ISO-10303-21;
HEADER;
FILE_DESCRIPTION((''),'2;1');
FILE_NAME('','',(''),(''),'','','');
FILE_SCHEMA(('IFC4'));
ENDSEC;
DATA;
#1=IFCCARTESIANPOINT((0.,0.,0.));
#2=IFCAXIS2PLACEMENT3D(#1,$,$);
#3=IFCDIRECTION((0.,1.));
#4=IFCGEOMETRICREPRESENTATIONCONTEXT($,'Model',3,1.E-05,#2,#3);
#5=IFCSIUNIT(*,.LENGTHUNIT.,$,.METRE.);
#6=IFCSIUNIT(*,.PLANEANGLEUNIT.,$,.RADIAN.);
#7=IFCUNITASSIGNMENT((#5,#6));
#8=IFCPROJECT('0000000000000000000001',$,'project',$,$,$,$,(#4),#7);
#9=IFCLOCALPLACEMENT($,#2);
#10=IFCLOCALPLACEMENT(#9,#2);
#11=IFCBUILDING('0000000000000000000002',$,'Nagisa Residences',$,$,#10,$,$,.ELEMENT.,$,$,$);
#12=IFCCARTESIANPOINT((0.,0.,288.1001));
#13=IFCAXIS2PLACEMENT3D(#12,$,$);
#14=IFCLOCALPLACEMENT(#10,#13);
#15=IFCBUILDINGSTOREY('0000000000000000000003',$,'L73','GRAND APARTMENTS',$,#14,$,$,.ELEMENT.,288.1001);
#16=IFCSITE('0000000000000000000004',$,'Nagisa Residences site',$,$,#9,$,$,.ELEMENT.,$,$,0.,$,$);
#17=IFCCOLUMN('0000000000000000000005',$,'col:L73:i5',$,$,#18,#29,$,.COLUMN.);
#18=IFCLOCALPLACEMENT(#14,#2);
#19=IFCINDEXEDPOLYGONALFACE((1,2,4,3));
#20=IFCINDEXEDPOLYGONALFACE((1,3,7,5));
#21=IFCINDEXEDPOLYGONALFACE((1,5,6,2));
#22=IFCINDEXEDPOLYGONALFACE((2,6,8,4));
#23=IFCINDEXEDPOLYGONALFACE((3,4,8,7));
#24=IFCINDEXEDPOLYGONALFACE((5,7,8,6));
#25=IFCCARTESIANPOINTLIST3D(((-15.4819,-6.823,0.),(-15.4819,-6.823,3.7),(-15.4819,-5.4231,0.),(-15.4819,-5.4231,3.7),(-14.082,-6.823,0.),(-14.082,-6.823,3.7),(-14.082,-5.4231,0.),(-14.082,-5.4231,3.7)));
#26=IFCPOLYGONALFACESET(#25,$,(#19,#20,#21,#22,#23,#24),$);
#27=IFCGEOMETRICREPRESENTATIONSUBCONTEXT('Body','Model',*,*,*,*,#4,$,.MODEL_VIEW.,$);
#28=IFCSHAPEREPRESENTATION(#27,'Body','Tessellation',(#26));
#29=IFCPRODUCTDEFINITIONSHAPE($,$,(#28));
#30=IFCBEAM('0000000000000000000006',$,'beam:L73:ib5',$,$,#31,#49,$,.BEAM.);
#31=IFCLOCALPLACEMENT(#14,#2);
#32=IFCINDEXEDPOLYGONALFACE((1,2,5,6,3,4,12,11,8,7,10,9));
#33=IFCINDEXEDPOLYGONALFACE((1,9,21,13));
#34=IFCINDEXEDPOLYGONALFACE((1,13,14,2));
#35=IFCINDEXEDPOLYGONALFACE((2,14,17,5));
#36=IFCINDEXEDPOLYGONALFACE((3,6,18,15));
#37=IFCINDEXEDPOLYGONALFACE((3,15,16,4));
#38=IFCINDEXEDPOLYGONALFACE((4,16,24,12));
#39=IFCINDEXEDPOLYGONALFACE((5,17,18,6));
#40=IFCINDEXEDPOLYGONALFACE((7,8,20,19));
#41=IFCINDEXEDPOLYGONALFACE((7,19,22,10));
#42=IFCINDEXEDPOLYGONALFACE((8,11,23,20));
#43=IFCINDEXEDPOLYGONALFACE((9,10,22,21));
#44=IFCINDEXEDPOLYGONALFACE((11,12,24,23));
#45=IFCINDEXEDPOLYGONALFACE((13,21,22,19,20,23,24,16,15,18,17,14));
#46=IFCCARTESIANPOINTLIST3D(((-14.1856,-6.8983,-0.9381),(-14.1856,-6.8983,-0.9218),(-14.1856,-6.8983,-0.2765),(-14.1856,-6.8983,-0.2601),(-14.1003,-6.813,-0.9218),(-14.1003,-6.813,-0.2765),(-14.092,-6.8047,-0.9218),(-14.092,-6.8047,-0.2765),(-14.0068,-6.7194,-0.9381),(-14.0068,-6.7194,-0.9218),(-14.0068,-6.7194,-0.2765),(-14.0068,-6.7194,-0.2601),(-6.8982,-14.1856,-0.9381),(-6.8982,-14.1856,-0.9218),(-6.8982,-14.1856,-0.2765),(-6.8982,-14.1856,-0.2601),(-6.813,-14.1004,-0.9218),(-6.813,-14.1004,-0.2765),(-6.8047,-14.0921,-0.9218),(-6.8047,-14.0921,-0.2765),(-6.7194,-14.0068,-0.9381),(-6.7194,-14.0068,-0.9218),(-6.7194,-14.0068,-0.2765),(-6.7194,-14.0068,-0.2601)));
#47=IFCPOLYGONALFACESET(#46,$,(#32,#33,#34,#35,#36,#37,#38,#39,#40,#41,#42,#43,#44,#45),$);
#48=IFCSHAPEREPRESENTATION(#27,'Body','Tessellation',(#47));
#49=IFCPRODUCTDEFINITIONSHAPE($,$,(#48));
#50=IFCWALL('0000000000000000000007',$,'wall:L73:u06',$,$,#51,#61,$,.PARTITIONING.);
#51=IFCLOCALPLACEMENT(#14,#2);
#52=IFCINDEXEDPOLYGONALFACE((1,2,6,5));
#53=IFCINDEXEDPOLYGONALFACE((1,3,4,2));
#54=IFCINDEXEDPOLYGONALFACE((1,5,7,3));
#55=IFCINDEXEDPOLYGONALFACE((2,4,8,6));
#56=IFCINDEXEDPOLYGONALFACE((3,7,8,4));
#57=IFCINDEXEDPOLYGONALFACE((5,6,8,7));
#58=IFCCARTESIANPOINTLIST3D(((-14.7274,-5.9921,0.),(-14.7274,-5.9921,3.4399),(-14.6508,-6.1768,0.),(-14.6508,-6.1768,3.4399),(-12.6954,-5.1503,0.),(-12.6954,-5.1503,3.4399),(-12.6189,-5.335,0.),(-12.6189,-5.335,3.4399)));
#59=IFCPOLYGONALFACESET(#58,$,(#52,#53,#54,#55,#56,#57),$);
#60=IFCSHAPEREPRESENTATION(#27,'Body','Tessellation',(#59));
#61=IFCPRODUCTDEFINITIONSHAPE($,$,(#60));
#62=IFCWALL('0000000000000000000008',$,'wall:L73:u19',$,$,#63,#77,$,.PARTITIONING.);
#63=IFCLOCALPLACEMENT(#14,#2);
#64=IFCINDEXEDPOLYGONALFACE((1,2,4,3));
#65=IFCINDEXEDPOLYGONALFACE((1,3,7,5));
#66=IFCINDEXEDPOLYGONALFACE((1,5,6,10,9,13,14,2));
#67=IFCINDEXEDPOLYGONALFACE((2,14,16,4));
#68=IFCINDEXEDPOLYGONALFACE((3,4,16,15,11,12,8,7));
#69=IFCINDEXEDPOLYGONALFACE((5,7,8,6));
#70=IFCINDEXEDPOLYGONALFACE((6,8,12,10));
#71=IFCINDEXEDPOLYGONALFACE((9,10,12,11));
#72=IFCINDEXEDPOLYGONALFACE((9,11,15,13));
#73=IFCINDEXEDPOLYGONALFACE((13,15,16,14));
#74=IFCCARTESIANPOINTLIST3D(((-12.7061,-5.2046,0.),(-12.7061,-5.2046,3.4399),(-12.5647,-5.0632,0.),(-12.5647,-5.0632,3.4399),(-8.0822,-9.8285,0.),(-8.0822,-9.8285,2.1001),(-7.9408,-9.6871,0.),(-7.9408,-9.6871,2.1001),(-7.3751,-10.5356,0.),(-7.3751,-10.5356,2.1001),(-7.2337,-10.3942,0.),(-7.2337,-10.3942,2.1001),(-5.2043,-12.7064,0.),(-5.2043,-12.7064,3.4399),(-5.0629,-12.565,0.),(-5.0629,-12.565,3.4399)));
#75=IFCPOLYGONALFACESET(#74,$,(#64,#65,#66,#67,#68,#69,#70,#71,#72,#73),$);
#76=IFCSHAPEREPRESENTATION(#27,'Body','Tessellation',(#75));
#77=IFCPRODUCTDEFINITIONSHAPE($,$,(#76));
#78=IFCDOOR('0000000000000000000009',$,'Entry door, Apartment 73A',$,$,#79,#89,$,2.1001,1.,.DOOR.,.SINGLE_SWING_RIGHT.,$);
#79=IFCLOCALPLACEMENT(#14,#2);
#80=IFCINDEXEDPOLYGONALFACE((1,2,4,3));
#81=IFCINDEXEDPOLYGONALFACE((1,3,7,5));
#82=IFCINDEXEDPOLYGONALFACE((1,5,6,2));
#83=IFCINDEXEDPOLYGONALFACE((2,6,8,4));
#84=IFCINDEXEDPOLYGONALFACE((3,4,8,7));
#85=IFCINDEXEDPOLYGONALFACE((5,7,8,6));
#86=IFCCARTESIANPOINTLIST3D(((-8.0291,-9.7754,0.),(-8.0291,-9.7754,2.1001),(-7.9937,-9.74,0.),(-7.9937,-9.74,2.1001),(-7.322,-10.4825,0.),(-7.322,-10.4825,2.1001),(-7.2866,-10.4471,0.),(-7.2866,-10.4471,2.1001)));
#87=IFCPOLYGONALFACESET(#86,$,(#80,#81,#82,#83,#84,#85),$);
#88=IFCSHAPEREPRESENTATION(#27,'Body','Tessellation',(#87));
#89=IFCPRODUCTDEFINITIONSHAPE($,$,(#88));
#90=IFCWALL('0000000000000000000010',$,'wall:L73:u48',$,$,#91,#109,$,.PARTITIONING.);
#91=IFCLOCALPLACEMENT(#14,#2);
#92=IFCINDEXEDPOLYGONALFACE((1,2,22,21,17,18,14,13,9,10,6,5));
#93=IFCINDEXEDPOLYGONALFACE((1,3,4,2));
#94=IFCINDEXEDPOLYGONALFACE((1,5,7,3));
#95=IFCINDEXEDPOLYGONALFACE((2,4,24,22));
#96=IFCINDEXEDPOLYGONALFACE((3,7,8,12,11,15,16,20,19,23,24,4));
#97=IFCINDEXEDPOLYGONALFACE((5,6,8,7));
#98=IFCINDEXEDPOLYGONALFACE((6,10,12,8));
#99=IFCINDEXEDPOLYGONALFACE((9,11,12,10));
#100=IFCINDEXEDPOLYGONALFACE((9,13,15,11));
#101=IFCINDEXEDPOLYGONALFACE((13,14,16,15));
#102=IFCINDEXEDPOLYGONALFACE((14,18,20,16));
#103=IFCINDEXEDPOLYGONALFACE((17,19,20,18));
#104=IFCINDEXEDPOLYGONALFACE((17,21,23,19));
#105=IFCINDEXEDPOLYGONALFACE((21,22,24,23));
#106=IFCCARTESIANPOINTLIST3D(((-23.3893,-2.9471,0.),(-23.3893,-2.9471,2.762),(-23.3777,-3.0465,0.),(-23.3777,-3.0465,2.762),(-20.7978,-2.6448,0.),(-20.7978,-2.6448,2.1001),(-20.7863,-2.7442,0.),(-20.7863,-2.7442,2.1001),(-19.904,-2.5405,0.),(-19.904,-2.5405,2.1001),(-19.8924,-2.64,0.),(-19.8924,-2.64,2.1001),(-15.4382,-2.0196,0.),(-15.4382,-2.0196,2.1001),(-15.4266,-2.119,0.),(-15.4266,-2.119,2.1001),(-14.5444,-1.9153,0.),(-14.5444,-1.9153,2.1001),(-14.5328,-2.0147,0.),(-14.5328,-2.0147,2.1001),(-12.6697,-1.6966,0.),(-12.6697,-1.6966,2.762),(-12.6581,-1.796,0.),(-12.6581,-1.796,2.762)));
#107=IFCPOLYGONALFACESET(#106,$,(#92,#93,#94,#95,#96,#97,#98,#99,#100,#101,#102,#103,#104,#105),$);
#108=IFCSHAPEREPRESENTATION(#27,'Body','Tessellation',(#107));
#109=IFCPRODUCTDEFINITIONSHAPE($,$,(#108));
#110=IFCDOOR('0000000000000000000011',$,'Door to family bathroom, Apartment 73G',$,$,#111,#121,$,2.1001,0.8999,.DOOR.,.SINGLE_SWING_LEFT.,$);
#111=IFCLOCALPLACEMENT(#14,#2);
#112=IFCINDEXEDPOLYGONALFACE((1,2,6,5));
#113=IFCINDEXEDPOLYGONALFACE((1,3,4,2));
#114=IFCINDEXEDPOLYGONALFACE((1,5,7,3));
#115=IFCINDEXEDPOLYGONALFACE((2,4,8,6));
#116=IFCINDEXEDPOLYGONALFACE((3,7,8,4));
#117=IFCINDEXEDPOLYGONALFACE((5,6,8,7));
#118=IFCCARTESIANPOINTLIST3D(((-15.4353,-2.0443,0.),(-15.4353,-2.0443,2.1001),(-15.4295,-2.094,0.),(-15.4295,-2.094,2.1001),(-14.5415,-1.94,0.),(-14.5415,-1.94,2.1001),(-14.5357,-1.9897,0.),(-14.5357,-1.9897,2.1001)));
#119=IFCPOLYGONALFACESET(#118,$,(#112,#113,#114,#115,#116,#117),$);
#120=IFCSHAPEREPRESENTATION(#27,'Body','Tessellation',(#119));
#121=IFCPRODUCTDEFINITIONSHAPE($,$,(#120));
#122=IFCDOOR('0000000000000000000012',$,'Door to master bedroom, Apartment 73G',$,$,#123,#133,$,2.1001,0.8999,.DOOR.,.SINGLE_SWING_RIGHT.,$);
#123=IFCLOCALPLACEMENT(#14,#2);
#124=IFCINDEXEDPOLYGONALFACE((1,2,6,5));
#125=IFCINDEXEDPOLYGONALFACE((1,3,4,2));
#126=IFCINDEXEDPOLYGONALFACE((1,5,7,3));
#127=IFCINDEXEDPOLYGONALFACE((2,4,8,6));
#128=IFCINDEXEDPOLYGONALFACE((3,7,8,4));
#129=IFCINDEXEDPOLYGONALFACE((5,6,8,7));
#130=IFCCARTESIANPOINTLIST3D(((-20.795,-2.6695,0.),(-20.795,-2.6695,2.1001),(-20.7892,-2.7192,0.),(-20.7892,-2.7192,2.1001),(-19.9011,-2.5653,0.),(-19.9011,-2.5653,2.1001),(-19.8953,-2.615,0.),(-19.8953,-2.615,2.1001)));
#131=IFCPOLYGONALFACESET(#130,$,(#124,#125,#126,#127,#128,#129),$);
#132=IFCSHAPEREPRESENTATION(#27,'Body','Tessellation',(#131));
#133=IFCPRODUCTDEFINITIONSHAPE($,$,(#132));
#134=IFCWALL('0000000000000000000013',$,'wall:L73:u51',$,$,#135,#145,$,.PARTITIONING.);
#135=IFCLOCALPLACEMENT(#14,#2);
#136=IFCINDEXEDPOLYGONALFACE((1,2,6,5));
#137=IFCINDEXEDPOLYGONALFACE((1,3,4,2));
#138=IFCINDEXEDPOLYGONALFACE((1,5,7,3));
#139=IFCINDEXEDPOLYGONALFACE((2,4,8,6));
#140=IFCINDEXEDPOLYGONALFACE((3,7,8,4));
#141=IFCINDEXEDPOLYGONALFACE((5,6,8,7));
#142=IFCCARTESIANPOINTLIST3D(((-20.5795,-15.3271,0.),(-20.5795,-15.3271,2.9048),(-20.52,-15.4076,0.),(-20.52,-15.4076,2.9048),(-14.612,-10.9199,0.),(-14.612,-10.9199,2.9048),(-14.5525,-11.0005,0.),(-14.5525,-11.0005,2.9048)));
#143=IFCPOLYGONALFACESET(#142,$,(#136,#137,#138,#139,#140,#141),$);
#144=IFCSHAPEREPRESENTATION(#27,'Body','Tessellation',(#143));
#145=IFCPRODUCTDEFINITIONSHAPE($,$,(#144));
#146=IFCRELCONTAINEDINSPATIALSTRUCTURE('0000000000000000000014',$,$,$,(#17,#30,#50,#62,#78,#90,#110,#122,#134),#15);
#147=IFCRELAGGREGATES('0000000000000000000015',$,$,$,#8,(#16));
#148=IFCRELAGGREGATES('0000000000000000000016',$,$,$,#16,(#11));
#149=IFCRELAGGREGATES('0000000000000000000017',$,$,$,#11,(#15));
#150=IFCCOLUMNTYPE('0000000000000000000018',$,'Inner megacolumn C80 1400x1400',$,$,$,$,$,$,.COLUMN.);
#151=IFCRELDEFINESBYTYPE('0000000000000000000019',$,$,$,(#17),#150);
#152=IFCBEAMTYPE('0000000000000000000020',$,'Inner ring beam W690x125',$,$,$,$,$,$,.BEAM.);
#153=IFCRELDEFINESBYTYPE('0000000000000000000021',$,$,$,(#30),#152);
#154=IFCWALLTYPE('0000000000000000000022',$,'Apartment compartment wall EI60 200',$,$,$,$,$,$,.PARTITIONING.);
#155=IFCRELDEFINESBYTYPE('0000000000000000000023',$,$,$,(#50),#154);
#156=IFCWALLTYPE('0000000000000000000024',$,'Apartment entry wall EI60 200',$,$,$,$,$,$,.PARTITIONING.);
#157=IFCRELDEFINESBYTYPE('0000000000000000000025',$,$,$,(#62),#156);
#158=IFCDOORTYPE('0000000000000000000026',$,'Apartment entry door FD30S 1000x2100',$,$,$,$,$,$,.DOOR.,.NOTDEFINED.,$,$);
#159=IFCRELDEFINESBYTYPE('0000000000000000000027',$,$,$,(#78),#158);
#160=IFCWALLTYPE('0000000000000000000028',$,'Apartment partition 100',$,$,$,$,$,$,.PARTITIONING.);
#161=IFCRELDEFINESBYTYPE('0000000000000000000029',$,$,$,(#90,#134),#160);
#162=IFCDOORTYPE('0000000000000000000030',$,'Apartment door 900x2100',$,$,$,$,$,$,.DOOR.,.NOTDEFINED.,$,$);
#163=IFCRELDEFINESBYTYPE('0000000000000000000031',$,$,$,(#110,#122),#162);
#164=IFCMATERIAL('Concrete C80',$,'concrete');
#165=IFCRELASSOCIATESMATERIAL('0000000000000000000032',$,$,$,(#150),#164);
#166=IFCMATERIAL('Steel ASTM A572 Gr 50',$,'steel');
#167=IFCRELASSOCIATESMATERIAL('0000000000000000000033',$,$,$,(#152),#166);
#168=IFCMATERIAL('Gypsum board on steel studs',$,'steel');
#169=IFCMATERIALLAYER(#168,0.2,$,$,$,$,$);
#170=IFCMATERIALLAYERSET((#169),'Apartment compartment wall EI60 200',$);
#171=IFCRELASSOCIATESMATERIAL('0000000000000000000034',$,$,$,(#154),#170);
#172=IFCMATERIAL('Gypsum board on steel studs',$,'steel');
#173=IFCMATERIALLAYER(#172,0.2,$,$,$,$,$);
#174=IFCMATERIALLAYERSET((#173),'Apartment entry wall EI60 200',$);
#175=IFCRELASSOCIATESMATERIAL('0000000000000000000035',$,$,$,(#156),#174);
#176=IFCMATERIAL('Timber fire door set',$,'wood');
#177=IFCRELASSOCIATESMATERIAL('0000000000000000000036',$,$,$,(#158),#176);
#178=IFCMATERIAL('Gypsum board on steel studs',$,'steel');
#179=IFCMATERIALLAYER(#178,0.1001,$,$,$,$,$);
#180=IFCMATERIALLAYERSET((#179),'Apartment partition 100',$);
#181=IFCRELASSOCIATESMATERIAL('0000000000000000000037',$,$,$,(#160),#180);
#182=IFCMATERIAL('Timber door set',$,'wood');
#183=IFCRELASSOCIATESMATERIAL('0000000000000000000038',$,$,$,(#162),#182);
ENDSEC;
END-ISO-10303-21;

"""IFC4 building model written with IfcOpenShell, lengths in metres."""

from ifc_helpers import new_model, si_unit, direction, frame, frame_2d, origin, origin_2d, place, context, subcontext, project, spatial, rectangle, i_section, extrude, material, layer, layer_set, material_profile, profile_set, type_object, element, fill, save


model = new_model("IFC4")

# Units and contexts
model_context = context("Model", 3, precision=1e-05, world=origin(), true_north=direction((0.0, 1.0)))
body_context = subcontext(model_context, "Body", "Model", "MODEL_VIEW")
ifc_project = project(units=[si_unit("LENGTHUNIT", "METRE"), si_unit("PLANEANGLEUNIT", "RADIAN")], contexts=[model_context])

# Site, building, storey
site_placement = place(None, origin())
site = spatial("IfcSite", under=ifc_project, at=site_placement, Name="Nagisa Residences site", CompositionType="ELEMENT", RefElevation=0.0)
building_placement = place(site_placement, origin())
building = spatial("IfcBuilding", under=site, at=building_placement, Name="Nagisa Residences", CompositionType="ELEMENT")
storey_placement = place(building_placement, frame((0.0, 0.0, 288.1001)))
storey = spatial("IfcBuildingStorey", under=building, at=storey_placement, Name="L73", Description="GRAND APARTMENTS", CompositionType="ELEMENT", Elevation=288.1001)

# Column
ifc_material_1 = material(Name="Concrete C80", Category="concrete")
ifc_material_profile_1 = material_profile(ifc_material_1, rectangle(XDim=1.3999, YDim=1.3999, at=origin_2d()), Name="C80 1400x1400")
ifc_profile_set_1 = profile_set([ifc_material_profile_1], Name="Concrete C80")
column_type = type_object("IfcColumnType", Name="Inner megacolumn C80 1400x1400", PredefinedType="COLUMN", material=ifc_profile_set_1)
column_placement = place(storey_placement, frame((-14.782, -6.123, 0.0), z_axis=(0.0, 0.0, 1.0), x_axis=(1.0, 0.0, 0.0)))
element("IfcColumn", 1, at=column_placement, inside=storey, type_object=column_type, Name="col:L73:i5", PredefinedType="COLUMN", context=body_context, shape_type="SweptSolid", body=[
    extrude(rectangle(XDim=1.3999, YDim=1.3999, at=origin_2d()), origin(), (0.0, 0.0, 1.0), 3.7),
])

# Beam
ifc_material_2 = material(Name="Steel ASTM A572 Gr 50", Category="steel")
ifc_material_profile_2 = material_profile(ifc_material_2, i_section(OverallWidth=0.2529, OverallDepth=0.678, WebThickness=0.0117, FlangeThickness=0.0164, at=origin_2d()), Name="W690x125")
ifc_profile_set_2 = profile_set([ifc_material_profile_2], Name="Steel ASTM A572 Gr 50")
beam_type = type_object("IfcBeamType", Name="Inner ring beam W690x125", PredefinedType="BEAM", material=ifc_profile_set_2)
beam_placement = place(storey_placement, frame((-14.0962, -6.8088, -0.5991), z_axis=(0.707107, -0.707107, 0.0), x_axis=(0.707107, 0.707107, 0.0)))
element("IfcBeam", 2, at=beam_placement, inside=storey, type_object=beam_type, Name="beam:L73:ib5", PredefinedType="BEAM", context=body_context, shape_type="SweptSolid", body=[
    extrude(i_section(OverallWidth=0.2529, OverallDepth=0.678, WebThickness=0.0117, FlangeThickness=0.0164, at=origin_2d()), origin(), (0.0, 0.0, 1.0), 10.3059),
])

# Wall
ifc_material_3 = material(Name="Gypsum board on steel studs", Category="steel")
ifc_layer_1 = layer(ifc_material_3, 0.2)
ifc_layer_set_1 = layer_set([ifc_layer_1], Name="Apartment compartment wall EI60 200")
wall_type_1 = type_object("IfcWallType", Name="Apartment compartment wall EI60 200", PredefinedType="PARTITIONING", material=ifc_layer_set_1)
wall_1_placement = place(storey_placement, frame((-12.6572, -5.2427, 0.0), z_axis=(0.0, 0.0, 1.0), x_axis=(-0.92386, -0.382731, 0.0)))
element("IfcWall", 3, at=wall_1_placement, inside=storey, type_object=wall_type_1, Name="wall:L73:u06", PredefinedType="PARTITIONING", context=body_context, shape_type="SweptSolid", body=[
    extrude(rectangle(XDim=2.1995, YDim=0.2, at=frame_2d((1.0996, 0.0))), origin(), (0.0, 0.0, 1.0), 3.4399),
])

# Wall, opening, door
ifc_material_4 = material(Name="Gypsum board on steel studs", Category="steel")
ifc_layer_2 = layer(ifc_material_4, 0.2)
ifc_layer_set_2 = layer_set([ifc_layer_2], Name="Apartment entry wall EI60 200")
wall_type_2 = type_object("IfcWallType", Name="Apartment entry wall EI60 200", PredefinedType="PARTITIONING", material=ifc_layer_set_2)
wall_2_placement = place(storey_placement, frame((-12.6355, -5.1338, 0.0), z_axis=(0.0, 0.0, 1.0), x_axis=(0.707107, -0.707107, 0.0)))
wall_2 = element("IfcWall", 4, at=wall_2_placement, inside=storey, type_object=wall_type_2, Name="wall:L73:u19", PredefinedType="PARTITIONING", context=body_context, shape_type="SweptSolid", body=[
    extrude(rectangle(XDim=10.6091, YDim=0.2, at=frame_2d((5.3047, 0.0))), origin(), (0.0, 0.0, 1.0), 3.4399),
])
opening_1_placement = place(wall_2_placement, frame((6.5393, 0.0, 0.0)))
opening_1 = element("IfcOpeningElement", 5, at=opening_1_placement, cuts=wall_2, PredefinedType="OPENING", context=body_context, shape_type="SweptSolid", body=[
    extrude(rectangle(XDim=1.0, YDim=2.1001, at=frame_2d((0.5, 1.05))), frame((0.0, 0.1099, 0.0), z_axis=(0.0, -1.0, 0.0), x_axis=(1.0, 0.0, 0.0)), (0.0, 0.0, 1.0), 0.22),
])
ifc_material_5 = material(Name="Timber fire door set", Category="wood")
door_type_1 = type_object("IfcDoorType", Name="Apartment entry door FD30S 1000x2100", OperationType="NOTDEFINED", PredefinedType="DOOR", material=ifc_material_5)
door_1_placement = place(opening_1_placement, frame((1.0, 0.0, 0.0), x_axis=(-1.0, 0.0, 0.0)))
door_1 = element("IfcDoor", 6, at=door_1_placement, inside=storey, type_object=door_type_1, Name="Entry door, Apartment 73A", OperationType="SINGLE_SWING_RIGHT", OverallHeight=2.1001, OverallWidth=1.0, PredefinedType="DOOR", context=body_context, shape_type="SweptSolid", body=[
    extrude(rectangle(XDim=1.0, YDim=2.1001, at=frame_2d((0.5, 1.05))), frame((0.0, 0.0249, 0.0), z_axis=(0.0, -1.0, 0.0), x_axis=(1.0, 0.0, 0.0)), (0.0, 0.0, 1.0), 0.05),
])
fill(opening_1, door_1)

# Wall, openings, doors
ifc_material_6 = material(Name="Gypsum board on steel studs", Category="steel")
ifc_layer_3 = layer(ifc_material_6, 0.1001)
ifc_layer_set_3 = layer_set([ifc_layer_3], Name="Apartment partition 100")
wall_type_3 = type_object("IfcWallType", Name="Apartment partition 100", PredefinedType="PARTITIONING", material=ifc_layer_set_3)
wall_3_placement = place(storey_placement, frame((-12.6641, -1.7463, 0.0), z_axis=(0.0, 0.0, 1.0), x_axis=(-0.993264, -0.11587, 0.0)))
wall_3 = element("IfcWall", 7, at=wall_3_placement, inside=storey, type_object=wall_type_3, Name="wall:L73:u48", PredefinedType="PARTITIONING", context=body_context, shape_type="SweptSolid", body=[
    extrude(rectangle(XDim=10.7922, YDim=0.1001, at=frame_2d((5.396, 0.0))), origin(), (0.0, 0.0, 1.0), 2.762),
])
opening_2_placement = place(wall_3_placement, frame((1.8872, 0.0, 0.0)))
opening_2 = element("IfcOpeningElement", 8, at=opening_2_placement, cuts=wall_3, PredefinedType="OPENING", context=body_context, shape_type="SweptSolid", body=[
    extrude(rectangle(XDim=0.8999, YDim=2.1001, at=frame_2d((0.45, 1.05))), frame((0.0, 0.0601, 0.0), z_axis=(0.0, -1.0, 0.0), x_axis=(1.0, 0.0, 0.0)), (0.0, 0.0, 1.0), 0.1201),
])
opening_3_placement = place(wall_3_placement, frame((7.2832, 0.0, 0.0)))
opening_3 = element("IfcOpeningElement", 9, at=opening_3_placement, cuts=wall_3, PredefinedType="OPENING", context=body_context, shape_type="SweptSolid", body=[
    extrude(rectangle(XDim=0.8999, YDim=2.1001, at=frame_2d((0.45, 1.05))), frame((0.0, 0.0601, 0.0), z_axis=(0.0, -1.0, 0.0), x_axis=(1.0, 0.0, 0.0)), (0.0, 0.0, 1.0), 0.1201),
])
ifc_material_7 = material(Name="Timber door set", Category="wood")
door_type_2 = type_object("IfcDoorType", Name="Apartment door 900x2100", OperationType="NOTDEFINED", PredefinedType="DOOR", material=ifc_material_7)
door_2_placement = place(opening_2_placement, origin())
door_2 = element("IfcDoor", 10, at=door_2_placement, inside=storey, type_object=door_type_2, Name="Door to family bathroom, Apartment 73G", OperationType="SINGLE_SWING_LEFT", OverallHeight=2.1001, OverallWidth=0.8999, PredefinedType="DOOR", context=body_context, shape_type="SweptSolid", body=[
    extrude(rectangle(XDim=0.8999, YDim=2.1001, at=frame_2d((0.45, 1.05))), frame((0.0, 0.0249, 0.0), z_axis=(0.0, -1.0, 0.0), x_axis=(1.0, 0.0, 0.0)), (0.0, 0.0, 1.0), 0.05),
])
fill(opening_2, door_2)
door_3_placement = place(opening_3_placement, origin())
door_3 = element("IfcDoor", 11, at=door_3_placement, inside=storey, type_object=door_type_2, Name="Door to master bedroom, Apartment 73G", OperationType="SINGLE_SWING_RIGHT", OverallHeight=2.1001, OverallWidth=0.8999, PredefinedType="DOOR", context=body_context, shape_type="SweptSolid", body=[
    extrude(rectangle(XDim=0.8999, YDim=2.1001, at=frame_2d((0.45, 1.05))), frame((0.0, 0.0249, 0.0), z_axis=(0.0, -1.0, 0.0), x_axis=(1.0, 0.0, 0.0)), (0.0, 0.0, 1.0), 0.05),
])
fill(opening_3, door_3)

# Wall
wall_4_placement = place(storey_placement, frame((-14.5823, -10.9602, 0.0), z_axis=(0.0, 0.0, 1.0), x_axis=(-0.804405, -0.594081, 0.0)))
element("IfcWall", 12, at=wall_4_placement, inside=storey, type_object=wall_type_3, Name="wall:L73:u51", PredefinedType="PARTITIONING", context=body_context, shape_type="SweptSolid", body=[
    extrude(rectangle(XDim=7.4185, YDim=0.1001, at=frame_2d((3.7092, 0.0))), origin(), (0.0, 0.0, 1.0), 2.9048),
])

save(model, "model.ifc")
